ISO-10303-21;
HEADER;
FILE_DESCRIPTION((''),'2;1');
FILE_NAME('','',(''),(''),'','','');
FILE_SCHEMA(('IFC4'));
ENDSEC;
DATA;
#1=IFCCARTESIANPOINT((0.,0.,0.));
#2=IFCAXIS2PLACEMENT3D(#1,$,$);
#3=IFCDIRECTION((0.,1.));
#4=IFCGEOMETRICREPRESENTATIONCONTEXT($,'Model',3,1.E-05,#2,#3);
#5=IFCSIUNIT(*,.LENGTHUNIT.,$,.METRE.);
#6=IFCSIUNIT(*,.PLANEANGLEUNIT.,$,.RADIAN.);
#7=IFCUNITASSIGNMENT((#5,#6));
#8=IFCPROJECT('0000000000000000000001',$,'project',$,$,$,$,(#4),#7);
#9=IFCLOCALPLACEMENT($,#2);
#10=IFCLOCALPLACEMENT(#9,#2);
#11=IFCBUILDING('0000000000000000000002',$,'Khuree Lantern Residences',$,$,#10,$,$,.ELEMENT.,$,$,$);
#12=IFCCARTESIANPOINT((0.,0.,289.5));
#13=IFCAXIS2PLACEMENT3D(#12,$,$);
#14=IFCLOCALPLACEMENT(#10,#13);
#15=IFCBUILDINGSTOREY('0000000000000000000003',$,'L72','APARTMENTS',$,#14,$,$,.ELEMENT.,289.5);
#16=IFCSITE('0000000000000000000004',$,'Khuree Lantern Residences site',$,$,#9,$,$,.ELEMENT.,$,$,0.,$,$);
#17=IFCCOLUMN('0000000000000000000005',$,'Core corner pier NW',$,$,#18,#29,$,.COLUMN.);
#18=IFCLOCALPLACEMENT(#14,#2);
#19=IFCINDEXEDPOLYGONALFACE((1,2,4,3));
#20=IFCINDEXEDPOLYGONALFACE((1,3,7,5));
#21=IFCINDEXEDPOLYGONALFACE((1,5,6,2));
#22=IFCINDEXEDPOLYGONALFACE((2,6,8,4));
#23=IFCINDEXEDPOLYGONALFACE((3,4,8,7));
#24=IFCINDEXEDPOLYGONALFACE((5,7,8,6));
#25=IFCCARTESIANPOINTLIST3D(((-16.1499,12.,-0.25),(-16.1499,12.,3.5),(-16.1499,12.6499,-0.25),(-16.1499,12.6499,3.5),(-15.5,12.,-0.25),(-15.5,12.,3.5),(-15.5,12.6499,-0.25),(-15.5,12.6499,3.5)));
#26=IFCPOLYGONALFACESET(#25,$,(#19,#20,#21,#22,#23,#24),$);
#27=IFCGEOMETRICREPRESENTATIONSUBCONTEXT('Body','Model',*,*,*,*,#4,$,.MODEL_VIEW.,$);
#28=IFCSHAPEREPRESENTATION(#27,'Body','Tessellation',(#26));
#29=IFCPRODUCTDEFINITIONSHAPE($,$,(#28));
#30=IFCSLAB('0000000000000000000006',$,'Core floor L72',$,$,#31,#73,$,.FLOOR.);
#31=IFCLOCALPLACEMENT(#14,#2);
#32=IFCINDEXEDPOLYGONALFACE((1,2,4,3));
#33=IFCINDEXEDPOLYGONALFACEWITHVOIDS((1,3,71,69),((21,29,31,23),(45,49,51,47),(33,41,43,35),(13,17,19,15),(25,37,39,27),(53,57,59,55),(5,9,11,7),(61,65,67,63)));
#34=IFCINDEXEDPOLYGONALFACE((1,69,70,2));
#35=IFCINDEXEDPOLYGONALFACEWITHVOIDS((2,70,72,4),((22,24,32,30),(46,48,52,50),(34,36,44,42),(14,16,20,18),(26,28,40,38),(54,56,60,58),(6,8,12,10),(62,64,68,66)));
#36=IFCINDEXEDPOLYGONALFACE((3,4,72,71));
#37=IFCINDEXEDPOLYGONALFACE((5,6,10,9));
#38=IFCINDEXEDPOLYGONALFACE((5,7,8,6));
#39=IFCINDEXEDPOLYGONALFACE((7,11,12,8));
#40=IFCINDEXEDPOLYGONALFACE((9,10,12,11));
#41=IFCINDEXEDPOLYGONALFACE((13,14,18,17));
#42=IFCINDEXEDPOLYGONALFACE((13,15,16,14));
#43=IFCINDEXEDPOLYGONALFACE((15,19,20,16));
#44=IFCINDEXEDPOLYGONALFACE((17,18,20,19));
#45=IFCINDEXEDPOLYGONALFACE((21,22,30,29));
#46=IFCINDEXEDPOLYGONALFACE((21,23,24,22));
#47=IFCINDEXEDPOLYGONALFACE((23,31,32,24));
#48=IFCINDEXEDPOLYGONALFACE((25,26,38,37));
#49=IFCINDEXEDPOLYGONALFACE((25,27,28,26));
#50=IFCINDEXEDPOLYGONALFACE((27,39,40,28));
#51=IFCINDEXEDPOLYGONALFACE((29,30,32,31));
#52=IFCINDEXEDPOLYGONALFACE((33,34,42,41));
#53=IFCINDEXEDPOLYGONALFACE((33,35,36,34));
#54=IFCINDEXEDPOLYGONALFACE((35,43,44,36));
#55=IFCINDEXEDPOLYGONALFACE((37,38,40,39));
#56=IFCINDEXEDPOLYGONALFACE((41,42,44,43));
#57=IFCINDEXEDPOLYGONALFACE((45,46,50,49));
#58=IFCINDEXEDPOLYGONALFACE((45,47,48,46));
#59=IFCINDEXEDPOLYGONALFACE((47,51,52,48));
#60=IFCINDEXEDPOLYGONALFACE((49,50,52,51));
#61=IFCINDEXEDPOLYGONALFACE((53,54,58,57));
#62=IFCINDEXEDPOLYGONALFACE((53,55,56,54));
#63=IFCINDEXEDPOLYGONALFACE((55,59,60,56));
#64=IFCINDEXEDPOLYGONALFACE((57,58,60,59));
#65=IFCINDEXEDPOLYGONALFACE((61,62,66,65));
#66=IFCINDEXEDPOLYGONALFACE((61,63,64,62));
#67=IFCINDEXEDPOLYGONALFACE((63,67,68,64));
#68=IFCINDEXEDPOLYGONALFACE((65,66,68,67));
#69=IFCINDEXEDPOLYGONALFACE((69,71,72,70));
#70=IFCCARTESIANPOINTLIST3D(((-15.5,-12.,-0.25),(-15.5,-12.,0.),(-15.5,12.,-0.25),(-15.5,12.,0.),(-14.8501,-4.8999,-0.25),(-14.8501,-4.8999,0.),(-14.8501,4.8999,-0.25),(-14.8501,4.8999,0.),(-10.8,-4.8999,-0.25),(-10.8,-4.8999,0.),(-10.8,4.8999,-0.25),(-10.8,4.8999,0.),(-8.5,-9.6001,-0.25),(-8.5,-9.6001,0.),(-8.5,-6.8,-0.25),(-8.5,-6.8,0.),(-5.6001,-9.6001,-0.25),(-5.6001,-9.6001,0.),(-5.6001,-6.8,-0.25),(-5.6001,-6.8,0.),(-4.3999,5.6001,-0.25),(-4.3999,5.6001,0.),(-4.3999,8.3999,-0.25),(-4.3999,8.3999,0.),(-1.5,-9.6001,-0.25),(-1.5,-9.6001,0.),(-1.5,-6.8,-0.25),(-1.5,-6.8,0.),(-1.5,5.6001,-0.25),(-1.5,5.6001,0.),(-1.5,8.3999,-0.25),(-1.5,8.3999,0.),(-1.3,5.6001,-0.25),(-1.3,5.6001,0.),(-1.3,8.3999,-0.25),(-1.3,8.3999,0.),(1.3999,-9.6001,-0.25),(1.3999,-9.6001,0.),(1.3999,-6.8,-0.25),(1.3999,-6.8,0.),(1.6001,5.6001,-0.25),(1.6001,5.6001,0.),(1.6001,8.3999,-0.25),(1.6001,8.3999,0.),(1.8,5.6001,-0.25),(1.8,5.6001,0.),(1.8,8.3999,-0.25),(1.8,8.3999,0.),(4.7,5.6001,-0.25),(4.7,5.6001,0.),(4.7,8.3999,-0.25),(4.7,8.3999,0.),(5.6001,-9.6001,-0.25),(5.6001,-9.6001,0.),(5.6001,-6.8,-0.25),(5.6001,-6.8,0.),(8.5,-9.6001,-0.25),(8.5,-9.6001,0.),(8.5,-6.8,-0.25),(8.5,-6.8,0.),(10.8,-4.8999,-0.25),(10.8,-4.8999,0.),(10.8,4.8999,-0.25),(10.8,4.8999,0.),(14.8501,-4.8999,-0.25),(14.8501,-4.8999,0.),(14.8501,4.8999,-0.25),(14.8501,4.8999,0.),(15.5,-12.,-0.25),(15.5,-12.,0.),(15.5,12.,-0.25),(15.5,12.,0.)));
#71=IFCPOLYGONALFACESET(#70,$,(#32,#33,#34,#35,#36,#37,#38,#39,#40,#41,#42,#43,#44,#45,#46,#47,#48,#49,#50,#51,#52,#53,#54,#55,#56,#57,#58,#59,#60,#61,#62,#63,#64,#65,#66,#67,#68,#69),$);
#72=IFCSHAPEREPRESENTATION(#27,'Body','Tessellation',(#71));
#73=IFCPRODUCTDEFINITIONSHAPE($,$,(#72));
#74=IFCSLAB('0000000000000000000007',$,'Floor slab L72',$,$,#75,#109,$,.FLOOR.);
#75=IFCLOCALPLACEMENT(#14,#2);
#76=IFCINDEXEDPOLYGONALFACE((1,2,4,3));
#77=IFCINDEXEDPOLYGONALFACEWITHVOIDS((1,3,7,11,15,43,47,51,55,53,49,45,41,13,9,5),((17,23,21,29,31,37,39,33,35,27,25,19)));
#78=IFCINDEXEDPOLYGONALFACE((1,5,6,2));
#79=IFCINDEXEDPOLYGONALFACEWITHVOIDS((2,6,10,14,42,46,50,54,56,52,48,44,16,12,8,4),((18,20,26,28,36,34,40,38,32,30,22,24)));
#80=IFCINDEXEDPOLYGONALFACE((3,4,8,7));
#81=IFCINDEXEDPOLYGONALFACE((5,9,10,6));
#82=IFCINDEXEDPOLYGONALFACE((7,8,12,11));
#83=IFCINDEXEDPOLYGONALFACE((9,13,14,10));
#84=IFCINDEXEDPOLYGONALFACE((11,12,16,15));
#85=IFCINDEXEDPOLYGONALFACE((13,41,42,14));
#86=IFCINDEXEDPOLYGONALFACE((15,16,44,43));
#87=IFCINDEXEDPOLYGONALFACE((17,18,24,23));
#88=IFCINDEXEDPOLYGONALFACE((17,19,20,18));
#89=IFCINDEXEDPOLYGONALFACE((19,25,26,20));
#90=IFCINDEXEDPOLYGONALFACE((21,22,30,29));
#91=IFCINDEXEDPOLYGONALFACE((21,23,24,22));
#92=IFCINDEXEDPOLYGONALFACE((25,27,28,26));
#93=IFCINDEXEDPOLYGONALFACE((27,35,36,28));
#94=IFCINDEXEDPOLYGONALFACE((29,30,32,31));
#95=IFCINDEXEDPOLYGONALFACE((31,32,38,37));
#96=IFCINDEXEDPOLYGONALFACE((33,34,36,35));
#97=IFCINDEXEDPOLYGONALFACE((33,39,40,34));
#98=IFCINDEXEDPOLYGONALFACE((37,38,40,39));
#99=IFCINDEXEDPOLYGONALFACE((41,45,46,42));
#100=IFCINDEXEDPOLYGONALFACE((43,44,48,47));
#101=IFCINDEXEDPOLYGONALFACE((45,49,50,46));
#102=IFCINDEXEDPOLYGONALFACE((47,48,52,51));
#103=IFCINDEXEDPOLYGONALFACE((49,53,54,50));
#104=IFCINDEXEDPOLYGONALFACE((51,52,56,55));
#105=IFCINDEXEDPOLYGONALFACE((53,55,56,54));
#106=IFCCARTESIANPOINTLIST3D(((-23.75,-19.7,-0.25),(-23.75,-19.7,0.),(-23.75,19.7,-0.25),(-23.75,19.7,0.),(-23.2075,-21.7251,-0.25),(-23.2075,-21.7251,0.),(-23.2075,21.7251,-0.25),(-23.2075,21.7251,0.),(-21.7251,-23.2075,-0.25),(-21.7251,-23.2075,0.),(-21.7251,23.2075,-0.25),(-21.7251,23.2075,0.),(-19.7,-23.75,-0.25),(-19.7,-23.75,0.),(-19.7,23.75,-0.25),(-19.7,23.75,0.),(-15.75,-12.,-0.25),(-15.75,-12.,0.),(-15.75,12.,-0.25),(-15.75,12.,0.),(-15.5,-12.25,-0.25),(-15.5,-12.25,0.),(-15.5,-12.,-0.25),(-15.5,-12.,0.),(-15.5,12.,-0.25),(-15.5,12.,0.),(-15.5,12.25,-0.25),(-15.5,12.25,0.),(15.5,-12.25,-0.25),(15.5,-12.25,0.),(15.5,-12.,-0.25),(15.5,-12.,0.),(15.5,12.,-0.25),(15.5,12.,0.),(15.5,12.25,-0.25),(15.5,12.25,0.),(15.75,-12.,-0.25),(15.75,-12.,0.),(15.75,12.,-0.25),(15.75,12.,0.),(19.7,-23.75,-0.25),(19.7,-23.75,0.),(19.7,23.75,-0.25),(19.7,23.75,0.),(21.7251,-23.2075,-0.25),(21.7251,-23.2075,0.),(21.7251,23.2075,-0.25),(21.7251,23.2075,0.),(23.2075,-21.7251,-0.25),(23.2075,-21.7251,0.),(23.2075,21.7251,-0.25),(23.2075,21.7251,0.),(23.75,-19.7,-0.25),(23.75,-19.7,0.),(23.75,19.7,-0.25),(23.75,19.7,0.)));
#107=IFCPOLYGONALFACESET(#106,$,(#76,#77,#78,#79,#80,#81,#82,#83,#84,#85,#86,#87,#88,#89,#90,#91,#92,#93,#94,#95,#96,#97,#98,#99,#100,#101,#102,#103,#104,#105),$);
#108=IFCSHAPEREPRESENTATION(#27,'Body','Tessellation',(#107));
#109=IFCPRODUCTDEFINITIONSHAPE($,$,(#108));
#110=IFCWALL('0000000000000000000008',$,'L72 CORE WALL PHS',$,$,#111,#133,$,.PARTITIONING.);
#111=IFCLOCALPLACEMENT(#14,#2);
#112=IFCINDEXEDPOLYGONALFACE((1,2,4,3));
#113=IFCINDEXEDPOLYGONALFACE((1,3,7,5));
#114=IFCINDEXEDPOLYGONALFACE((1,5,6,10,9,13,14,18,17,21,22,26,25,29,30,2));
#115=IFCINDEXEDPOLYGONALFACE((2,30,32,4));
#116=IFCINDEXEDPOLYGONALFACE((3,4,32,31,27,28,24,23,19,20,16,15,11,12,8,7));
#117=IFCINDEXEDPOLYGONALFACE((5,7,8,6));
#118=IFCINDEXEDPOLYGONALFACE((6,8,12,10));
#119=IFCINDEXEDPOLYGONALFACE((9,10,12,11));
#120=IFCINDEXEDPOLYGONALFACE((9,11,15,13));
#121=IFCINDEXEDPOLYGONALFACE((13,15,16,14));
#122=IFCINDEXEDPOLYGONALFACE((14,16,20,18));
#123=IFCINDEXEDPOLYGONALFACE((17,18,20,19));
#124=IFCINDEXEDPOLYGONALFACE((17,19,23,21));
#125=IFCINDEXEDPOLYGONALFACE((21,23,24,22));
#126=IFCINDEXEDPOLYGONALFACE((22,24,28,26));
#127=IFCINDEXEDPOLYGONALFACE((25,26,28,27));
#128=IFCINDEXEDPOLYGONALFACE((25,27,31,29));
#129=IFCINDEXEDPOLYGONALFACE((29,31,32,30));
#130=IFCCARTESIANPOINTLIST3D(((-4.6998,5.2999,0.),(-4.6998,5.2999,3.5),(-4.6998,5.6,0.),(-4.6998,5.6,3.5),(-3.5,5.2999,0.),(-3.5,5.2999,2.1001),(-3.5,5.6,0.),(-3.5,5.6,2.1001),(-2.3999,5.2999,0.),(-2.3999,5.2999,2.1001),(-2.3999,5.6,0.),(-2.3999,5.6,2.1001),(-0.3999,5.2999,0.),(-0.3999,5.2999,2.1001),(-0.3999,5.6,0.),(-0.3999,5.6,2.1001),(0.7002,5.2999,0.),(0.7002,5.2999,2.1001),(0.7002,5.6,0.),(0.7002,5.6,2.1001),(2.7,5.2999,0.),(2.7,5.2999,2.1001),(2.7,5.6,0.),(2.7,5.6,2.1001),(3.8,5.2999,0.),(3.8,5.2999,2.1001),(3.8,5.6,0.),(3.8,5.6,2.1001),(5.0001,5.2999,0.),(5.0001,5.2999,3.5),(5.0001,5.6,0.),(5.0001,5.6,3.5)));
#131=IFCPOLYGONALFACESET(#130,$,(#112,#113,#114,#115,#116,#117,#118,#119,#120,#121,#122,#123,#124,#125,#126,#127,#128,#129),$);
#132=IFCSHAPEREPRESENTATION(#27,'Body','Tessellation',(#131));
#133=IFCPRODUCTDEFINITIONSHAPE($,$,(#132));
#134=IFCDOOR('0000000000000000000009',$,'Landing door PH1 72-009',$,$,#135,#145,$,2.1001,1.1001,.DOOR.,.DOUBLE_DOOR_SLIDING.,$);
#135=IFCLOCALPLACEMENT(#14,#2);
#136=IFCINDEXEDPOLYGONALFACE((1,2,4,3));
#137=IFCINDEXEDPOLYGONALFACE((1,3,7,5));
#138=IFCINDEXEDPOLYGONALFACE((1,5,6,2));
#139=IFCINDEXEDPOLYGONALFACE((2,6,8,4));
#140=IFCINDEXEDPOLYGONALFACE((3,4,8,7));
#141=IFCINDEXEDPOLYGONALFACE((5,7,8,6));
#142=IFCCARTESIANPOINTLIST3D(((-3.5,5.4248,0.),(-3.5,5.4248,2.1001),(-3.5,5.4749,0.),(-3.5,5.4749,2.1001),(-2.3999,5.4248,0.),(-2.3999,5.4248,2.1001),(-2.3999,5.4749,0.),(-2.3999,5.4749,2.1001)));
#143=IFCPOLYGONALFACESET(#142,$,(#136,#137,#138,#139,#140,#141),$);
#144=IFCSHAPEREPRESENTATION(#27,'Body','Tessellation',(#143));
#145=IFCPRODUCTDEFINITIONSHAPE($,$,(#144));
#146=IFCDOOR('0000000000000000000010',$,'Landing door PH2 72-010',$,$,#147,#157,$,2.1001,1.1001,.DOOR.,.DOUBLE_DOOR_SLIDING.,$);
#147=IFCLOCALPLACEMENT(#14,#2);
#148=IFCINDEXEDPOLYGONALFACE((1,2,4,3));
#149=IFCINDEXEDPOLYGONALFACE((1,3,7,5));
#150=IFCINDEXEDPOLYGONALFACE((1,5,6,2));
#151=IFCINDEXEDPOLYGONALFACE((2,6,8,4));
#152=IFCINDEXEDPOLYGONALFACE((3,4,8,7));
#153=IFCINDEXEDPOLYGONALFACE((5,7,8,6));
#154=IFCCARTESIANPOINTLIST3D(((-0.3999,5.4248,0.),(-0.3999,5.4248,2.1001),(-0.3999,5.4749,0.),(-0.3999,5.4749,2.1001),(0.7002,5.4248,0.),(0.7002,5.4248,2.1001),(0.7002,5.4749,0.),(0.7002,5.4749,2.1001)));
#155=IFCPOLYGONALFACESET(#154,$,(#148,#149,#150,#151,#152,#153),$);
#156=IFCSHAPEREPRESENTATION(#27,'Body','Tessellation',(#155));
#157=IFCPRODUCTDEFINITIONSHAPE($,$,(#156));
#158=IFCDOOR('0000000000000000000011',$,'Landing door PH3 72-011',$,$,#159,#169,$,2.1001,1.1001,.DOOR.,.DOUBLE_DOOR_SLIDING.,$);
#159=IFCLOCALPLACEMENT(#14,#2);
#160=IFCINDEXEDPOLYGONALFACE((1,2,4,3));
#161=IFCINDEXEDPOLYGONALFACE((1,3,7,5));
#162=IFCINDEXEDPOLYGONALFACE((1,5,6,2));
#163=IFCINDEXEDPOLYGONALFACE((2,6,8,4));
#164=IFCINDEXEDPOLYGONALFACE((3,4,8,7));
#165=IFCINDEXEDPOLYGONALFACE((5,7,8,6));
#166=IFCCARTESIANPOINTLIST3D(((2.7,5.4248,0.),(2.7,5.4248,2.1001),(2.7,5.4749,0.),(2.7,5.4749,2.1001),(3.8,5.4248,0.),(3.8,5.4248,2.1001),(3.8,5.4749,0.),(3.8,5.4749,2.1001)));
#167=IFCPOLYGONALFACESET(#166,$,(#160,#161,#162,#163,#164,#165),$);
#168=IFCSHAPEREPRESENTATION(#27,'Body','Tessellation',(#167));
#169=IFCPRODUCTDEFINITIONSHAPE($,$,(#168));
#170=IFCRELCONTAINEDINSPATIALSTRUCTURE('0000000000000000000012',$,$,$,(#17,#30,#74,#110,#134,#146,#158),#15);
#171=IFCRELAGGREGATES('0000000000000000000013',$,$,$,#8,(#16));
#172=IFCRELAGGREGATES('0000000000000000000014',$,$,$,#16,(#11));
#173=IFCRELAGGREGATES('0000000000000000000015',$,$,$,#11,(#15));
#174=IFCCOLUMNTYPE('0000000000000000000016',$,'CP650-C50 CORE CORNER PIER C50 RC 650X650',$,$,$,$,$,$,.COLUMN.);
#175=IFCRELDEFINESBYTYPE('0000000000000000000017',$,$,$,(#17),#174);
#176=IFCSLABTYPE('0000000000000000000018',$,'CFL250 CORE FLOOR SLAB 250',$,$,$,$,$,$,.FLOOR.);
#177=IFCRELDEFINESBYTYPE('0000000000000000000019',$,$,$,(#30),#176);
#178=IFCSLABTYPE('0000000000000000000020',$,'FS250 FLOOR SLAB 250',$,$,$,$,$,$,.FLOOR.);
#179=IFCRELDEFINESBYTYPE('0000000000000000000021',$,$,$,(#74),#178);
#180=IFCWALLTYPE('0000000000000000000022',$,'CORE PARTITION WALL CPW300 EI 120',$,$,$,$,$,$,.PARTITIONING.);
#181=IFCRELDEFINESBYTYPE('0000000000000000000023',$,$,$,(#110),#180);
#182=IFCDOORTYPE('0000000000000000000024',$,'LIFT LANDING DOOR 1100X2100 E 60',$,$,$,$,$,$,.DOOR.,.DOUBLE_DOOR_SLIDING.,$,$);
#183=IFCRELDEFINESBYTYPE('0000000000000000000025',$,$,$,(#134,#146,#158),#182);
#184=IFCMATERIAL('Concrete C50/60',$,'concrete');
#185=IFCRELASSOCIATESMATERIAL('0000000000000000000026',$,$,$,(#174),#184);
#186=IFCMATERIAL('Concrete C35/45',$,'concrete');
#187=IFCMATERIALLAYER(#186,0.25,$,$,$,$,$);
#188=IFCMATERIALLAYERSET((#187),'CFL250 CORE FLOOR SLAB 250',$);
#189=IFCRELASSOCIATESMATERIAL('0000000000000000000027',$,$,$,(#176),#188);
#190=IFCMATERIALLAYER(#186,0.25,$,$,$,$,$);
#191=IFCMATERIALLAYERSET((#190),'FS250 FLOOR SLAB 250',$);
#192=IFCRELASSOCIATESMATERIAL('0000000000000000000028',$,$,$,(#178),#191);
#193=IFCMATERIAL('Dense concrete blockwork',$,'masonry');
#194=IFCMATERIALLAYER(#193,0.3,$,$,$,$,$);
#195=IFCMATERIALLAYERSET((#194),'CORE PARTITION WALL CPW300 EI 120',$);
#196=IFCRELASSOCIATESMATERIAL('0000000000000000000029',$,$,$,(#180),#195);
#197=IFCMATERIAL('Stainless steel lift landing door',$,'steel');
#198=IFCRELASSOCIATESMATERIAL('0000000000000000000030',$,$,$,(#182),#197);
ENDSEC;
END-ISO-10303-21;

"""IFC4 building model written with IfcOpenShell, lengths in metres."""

from ifc_helpers import new_model, si_unit, direction, frame, frame_2d, origin, origin_2d, place, context, subcontext, project, spatial, polyline, rectangle, outline, extrude, material, layer, layer_set, material_profile, profile_set, type_object, element, fill, save


model = new_model("IFC4")

# Units and contexts
model_context = context("Model", 3, precision=1e-05, world=origin(), true_north=direction((0.0, 1.0)))
body_context = subcontext(model_context, "Body", "Model", "MODEL_VIEW")
ifc_project = project(units=[si_unit("LENGTHUNIT", "METRE"), si_unit("PLANEANGLEUNIT", "RADIAN")], contexts=[model_context])

# Site, building, storey
site_placement = place(None, origin())
site = spatial("IfcSite", under=ifc_project, at=site_placement, Name="Khuree Lantern Residences site", CompositionType="ELEMENT", RefElevation=0.0)
building_placement = place(site_placement, origin())
building = spatial("IfcBuilding", under=site, at=building_placement, Name="Khuree Lantern Residences", CompositionType="ELEMENT")
storey_placement = place(building_placement, frame((0.0, 0.0, 289.5)))
storey = spatial("IfcBuildingStorey", under=building, at=storey_placement, Name="L72", Description="APARTMENTS", CompositionType="ELEMENT", Elevation=289.5)

# Column
ifc_material_1 = material(Name="Concrete C50/60", Category="concrete")
ifc_material_profile = material_profile(ifc_material_1, rectangle(XDim=0.6499, YDim=0.6499, at=origin_2d()), Name="RC 650X650")
ifc_profile_set = profile_set([ifc_material_profile], Name="Concrete C50/60")
column_type = type_object("IfcColumnType", Name="CP650-C50 CORE CORNER PIER C50 RC 650X650", PredefinedType="COLUMN", material=ifc_profile_set)
column_placement = place(storey_placement, frame((-15.825, 12.325, -0.25), z_axis=(0.0, 0.0, 1.0), x_axis=(1.0, 0.0, 0.0)))
element("IfcColumn", 1, at=column_placement, inside=storey, type_object=column_type, Name="Core corner pier NW", PredefinedType="COLUMN", context=body_context, shape_type="SweptSolid", body=[
    extrude(rectangle(XDim=0.6499, YDim=0.6499, at=origin_2d()), origin(), (0.0, 0.0, 1.0), 3.75),
])

# Slabs
ifc_material_2 = material(Name="Concrete C35/45", Category="concrete")
ifc_layer_1 = layer(ifc_material_2, 0.25)
ifc_layer_set_1 = layer_set([ifc_layer_1], Name="CFL250 CORE FLOOR SLAB 250")
slab_type_1 = type_object("IfcSlabType", Name="CFL250 CORE FLOOR SLAB 250", PredefinedType="FLOOR", material=ifc_layer_set_1)
slab_1_placement = place(storey_placement, frame((0.0, 0.0, -0.25)))
element("IfcSlab", 2, at=slab_1_placement, inside=storey, type_object=slab_type_1, Name="Core floor L72", PredefinedType="FLOOR", context=body_context, shape_type="SweptSolid", body=[
    extrude(outline(polyline([(-15.5, -12.0), (-15.5, 12.0), (15.5, 12.0), (15.5, -12.0), (-15.5, -12.0)]), holes=[polyline([(10.8, 4.8999), (10.8, -4.8999), (14.8501, -4.8999), (14.8501, 4.8999), (10.8, 4.8999)]), polyline([(5.6001, -6.8), (5.6001, -9.6001), (8.5, -9.6001), (8.5, -6.8), (5.6001, -6.8)]), polyline([(1.8, 8.3999), (1.8, 5.6001), (4.7, 5.6001), (4.7, 8.3999), (1.8, 8.3999)]), polyline([(-1.3, 8.3999), (-1.3, 5.6001), (1.6001, 5.6001), (1.6001, 8.3999), (-1.3, 8.3999)]), polyline([(-1.5, -6.8), (-1.5, -9.6001), (1.3999, -9.6001), (1.3999, -6.8), (-1.5, -6.8)]), polyline([(-4.3999, 8.3999), (-4.3999, 5.6001), (-1.5, 5.6001), (-1.5, 8.3999), (-4.3999, 8.3999)]), polyline([(-8.5, -6.8), (-8.5, -9.6001), (-5.6001, -9.6001), (-5.6001, -6.8), (-8.5, -6.8)]), polyline([(-14.8501, 4.8999), (-14.8501, -4.8999), (-10.8, -4.8999), (-10.8, 4.8999), (-14.8501, 4.8999)])]), origin(), (0.0, 0.0, 1.0), 0.25),
])
ifc_layer_2 = layer(ifc_material_2, 0.25)
ifc_layer_set_2 = layer_set([ifc_layer_2], Name="FS250 FLOOR SLAB 250")
slab_type_2 = type_object("IfcSlabType", Name="FS250 FLOOR SLAB 250", PredefinedType="FLOOR", material=ifc_layer_set_2)
slab_2_placement = place(storey_placement, frame((0.0, 0.0, -0.25)))
element("IfcSlab", 3, at=slab_2_placement, inside=storey, type_object=slab_type_2, Name="Floor slab L72", PredefinedType="FLOOR", context=body_context, shape_type="SweptSolid", body=[
    extrude(outline(polyline([(-21.7251, -23.2075), (-23.2075, -21.7251), (-23.75, -19.7), (-23.75, 19.7), (-23.2075, 21.7251), (-21.7251, 23.2075), (-19.7, 23.75), (19.7, 23.75), (21.7251, 23.2075), (23.2075, 21.7251), (23.75, 19.7), (23.75, -19.7), (23.2075, -21.7251), (21.7251, -23.2075), (19.7, -23.75), (-19.7, -23.75), (-21.7251, -23.2075)]), holes=[polyline([(15.75, 12.0), (15.5, 12.0), (15.5, 12.25), (-15.5, 12.25), (-15.5, 12.0), (-15.75, 12.0), (-15.75, -12.0), (-15.5, -12.0), (-15.5, -12.25), (15.5, -12.25), (15.5, -12.0), (15.75, -12.0), (15.75, 12.0)])]), origin(), (0.0, 0.0, 1.0), 0.25),
])

# Wall, openings, doors
ifc_material_3 = material(Name="Dense concrete blockwork", Category="masonry")
ifc_layer_3 = layer(ifc_material_3, 0.3)
ifc_layer_set_3 = layer_set([ifc_layer_3], Name="CORE PARTITION WALL CPW300 EI 120")
wall_type_1 = type_object("IfcWallType", Name="CORE PARTITION WALL CPW300 EI 120", PredefinedType="PARTITIONING", material=ifc_layer_set_3)
wall_1_placement = place(storey_placement, frame((-4.7, 5.45, 0.0), z_axis=(0.0, 0.0, 1.0), x_axis=(1.0, 0.0, 0.0)))
wall_1 = element("IfcWall", 4, at=wall_1_placement, inside=storey, type_object=wall_type_1, Name="L72 CORE WALL PHS", PredefinedType="PARTITIONING", context=body_context, shape_type="SweptSolid", body=[
    extrude(rectangle(XDim=9.7, YDim=0.3, at=frame_2d((4.8501, 0.0))), origin(), (0.0, 0.0, 1.0), 3.5),
])
opening_1_placement = place(wall_1_placement, frame((1.2, 0.0, 0.0)))
opening_1 = element("IfcOpeningElement", 5, at=opening_1_placement, cuts=wall_1, PredefinedType="OPENING", context=body_context, shape_type="SweptSolid", body=[
    extrude(rectangle(XDim=1.1001, YDim=2.1001, at=frame_2d((0.55, 1.05))), frame((0.0, 0.1602, 0.0), z_axis=(0.0, -1.0, 0.0), x_axis=(1.0, 0.0, 0.0)), (0.0, 0.0, 1.0), 0.3201),
])
opening_2_placement = place(wall_1_placement, frame((4.3, 0.0, 0.0)))
opening_2 = element("IfcOpeningElement", 6, at=opening_2_placement, cuts=wall_1, PredefinedType="OPENING", context=body_context, shape_type="SweptSolid", body=[
    extrude(rectangle(XDim=1.1001, YDim=2.1001, at=frame_2d((0.55, 1.05))), frame((0.0, 0.1602, 0.0), z_axis=(0.0, -1.0, 0.0), x_axis=(1.0, 0.0, 0.0)), (0.0, 0.0, 1.0), 0.3201),
])
opening_3_placement = place(wall_1_placement, frame((7.3999, 0.0, 0.0)))
opening_3 = element("IfcOpeningElement", 7, at=opening_3_placement, cuts=wall_1, PredefinedType="OPENING", context=body_context, shape_type="SweptSolid", body=[
    extrude(rectangle(XDim=1.1001, YDim=2.1001, at=frame_2d((0.55, 1.05))), frame((0.0, 0.1602, 0.0), z_axis=(0.0, -1.0, 0.0), x_axis=(1.0, 0.0, 0.0)), (0.0, 0.0, 1.0), 0.3201),
])
ifc_material_4 = material(Name="Stainless steel lift landing door", Category="steel")
door_type_1 = type_object("IfcDoorType", Name="LIFT LANDING DOOR 1100X2100 E 60", OperationType="DOUBLE_DOOR_SLIDING", PredefinedType="DOOR", material=ifc_material_4)
door_1_placement = place(opening_1_placement, origin())
door_1 = element("IfcDoor", 8, at=door_1_placement, inside=storey, type_object=door_type_1, Name="Landing door PH1 72-009", OperationType="DOUBLE_DOOR_SLIDING", OverallHeight=2.1001, OverallWidth=1.1001, PredefinedType="DOOR", context=body_context, shape_type="SweptSolid", body=[
    extrude(rectangle(XDim=1.1001, YDim=2.1001, at=frame_2d((0.55, 1.05))), frame((0.0, 0.0249, 0.0), z_axis=(0.0, -1.0, 0.0), x_axis=(1.0, 0.0, 0.0)), (0.0, 0.0, 1.0), 0.05),
])
fill(opening_1, door_1)
door_2_placement = place(opening_2_placement, origin())
door_2 = element("IfcDoor", 9, at=door_2_placement, inside=storey, type_object=door_type_1, Name="Landing door PH2 72-010", OperationType="DOUBLE_DOOR_SLIDING", OverallHeight=2.1001, OverallWidth=1.1001, PredefinedType="DOOR", context=body_context, shape_type="SweptSolid", body=[
    extrude(rectangle(XDim=1.1001, YDim=2.1001, at=frame_2d((0.55, 1.05))), frame((0.0, 0.0249, 0.0), z_axis=(0.0, -1.0, 0.0), x_axis=(1.0, 0.0, 0.0)), (0.0, 0.0, 1.0), 0.05),
])
fill(opening_2, door_2)
door_3_placement = place(opening_3_placement, origin())
door_3 = element("IfcDoor", 10, at=door_3_placement, inside=storey, type_object=door_type_1, Name="Landing door PH3 72-011", OperationType="DOUBLE_DOOR_SLIDING", OverallHeight=2.1001, OverallWidth=1.1001, PredefinedType="DOOR", context=body_context, shape_type="SweptSolid", body=[
    extrude(rectangle(XDim=1.1001, YDim=2.1001, at=frame_2d((0.55, 1.05))), frame((0.0, 0.0249, 0.0), z_axis=(0.0, -1.0, 0.0), x_axis=(1.0, 0.0, 0.0)), (0.0, 0.0, 1.0), 0.05),
])
fill(opening_3, door_3)

save(model, "model.ifc")
